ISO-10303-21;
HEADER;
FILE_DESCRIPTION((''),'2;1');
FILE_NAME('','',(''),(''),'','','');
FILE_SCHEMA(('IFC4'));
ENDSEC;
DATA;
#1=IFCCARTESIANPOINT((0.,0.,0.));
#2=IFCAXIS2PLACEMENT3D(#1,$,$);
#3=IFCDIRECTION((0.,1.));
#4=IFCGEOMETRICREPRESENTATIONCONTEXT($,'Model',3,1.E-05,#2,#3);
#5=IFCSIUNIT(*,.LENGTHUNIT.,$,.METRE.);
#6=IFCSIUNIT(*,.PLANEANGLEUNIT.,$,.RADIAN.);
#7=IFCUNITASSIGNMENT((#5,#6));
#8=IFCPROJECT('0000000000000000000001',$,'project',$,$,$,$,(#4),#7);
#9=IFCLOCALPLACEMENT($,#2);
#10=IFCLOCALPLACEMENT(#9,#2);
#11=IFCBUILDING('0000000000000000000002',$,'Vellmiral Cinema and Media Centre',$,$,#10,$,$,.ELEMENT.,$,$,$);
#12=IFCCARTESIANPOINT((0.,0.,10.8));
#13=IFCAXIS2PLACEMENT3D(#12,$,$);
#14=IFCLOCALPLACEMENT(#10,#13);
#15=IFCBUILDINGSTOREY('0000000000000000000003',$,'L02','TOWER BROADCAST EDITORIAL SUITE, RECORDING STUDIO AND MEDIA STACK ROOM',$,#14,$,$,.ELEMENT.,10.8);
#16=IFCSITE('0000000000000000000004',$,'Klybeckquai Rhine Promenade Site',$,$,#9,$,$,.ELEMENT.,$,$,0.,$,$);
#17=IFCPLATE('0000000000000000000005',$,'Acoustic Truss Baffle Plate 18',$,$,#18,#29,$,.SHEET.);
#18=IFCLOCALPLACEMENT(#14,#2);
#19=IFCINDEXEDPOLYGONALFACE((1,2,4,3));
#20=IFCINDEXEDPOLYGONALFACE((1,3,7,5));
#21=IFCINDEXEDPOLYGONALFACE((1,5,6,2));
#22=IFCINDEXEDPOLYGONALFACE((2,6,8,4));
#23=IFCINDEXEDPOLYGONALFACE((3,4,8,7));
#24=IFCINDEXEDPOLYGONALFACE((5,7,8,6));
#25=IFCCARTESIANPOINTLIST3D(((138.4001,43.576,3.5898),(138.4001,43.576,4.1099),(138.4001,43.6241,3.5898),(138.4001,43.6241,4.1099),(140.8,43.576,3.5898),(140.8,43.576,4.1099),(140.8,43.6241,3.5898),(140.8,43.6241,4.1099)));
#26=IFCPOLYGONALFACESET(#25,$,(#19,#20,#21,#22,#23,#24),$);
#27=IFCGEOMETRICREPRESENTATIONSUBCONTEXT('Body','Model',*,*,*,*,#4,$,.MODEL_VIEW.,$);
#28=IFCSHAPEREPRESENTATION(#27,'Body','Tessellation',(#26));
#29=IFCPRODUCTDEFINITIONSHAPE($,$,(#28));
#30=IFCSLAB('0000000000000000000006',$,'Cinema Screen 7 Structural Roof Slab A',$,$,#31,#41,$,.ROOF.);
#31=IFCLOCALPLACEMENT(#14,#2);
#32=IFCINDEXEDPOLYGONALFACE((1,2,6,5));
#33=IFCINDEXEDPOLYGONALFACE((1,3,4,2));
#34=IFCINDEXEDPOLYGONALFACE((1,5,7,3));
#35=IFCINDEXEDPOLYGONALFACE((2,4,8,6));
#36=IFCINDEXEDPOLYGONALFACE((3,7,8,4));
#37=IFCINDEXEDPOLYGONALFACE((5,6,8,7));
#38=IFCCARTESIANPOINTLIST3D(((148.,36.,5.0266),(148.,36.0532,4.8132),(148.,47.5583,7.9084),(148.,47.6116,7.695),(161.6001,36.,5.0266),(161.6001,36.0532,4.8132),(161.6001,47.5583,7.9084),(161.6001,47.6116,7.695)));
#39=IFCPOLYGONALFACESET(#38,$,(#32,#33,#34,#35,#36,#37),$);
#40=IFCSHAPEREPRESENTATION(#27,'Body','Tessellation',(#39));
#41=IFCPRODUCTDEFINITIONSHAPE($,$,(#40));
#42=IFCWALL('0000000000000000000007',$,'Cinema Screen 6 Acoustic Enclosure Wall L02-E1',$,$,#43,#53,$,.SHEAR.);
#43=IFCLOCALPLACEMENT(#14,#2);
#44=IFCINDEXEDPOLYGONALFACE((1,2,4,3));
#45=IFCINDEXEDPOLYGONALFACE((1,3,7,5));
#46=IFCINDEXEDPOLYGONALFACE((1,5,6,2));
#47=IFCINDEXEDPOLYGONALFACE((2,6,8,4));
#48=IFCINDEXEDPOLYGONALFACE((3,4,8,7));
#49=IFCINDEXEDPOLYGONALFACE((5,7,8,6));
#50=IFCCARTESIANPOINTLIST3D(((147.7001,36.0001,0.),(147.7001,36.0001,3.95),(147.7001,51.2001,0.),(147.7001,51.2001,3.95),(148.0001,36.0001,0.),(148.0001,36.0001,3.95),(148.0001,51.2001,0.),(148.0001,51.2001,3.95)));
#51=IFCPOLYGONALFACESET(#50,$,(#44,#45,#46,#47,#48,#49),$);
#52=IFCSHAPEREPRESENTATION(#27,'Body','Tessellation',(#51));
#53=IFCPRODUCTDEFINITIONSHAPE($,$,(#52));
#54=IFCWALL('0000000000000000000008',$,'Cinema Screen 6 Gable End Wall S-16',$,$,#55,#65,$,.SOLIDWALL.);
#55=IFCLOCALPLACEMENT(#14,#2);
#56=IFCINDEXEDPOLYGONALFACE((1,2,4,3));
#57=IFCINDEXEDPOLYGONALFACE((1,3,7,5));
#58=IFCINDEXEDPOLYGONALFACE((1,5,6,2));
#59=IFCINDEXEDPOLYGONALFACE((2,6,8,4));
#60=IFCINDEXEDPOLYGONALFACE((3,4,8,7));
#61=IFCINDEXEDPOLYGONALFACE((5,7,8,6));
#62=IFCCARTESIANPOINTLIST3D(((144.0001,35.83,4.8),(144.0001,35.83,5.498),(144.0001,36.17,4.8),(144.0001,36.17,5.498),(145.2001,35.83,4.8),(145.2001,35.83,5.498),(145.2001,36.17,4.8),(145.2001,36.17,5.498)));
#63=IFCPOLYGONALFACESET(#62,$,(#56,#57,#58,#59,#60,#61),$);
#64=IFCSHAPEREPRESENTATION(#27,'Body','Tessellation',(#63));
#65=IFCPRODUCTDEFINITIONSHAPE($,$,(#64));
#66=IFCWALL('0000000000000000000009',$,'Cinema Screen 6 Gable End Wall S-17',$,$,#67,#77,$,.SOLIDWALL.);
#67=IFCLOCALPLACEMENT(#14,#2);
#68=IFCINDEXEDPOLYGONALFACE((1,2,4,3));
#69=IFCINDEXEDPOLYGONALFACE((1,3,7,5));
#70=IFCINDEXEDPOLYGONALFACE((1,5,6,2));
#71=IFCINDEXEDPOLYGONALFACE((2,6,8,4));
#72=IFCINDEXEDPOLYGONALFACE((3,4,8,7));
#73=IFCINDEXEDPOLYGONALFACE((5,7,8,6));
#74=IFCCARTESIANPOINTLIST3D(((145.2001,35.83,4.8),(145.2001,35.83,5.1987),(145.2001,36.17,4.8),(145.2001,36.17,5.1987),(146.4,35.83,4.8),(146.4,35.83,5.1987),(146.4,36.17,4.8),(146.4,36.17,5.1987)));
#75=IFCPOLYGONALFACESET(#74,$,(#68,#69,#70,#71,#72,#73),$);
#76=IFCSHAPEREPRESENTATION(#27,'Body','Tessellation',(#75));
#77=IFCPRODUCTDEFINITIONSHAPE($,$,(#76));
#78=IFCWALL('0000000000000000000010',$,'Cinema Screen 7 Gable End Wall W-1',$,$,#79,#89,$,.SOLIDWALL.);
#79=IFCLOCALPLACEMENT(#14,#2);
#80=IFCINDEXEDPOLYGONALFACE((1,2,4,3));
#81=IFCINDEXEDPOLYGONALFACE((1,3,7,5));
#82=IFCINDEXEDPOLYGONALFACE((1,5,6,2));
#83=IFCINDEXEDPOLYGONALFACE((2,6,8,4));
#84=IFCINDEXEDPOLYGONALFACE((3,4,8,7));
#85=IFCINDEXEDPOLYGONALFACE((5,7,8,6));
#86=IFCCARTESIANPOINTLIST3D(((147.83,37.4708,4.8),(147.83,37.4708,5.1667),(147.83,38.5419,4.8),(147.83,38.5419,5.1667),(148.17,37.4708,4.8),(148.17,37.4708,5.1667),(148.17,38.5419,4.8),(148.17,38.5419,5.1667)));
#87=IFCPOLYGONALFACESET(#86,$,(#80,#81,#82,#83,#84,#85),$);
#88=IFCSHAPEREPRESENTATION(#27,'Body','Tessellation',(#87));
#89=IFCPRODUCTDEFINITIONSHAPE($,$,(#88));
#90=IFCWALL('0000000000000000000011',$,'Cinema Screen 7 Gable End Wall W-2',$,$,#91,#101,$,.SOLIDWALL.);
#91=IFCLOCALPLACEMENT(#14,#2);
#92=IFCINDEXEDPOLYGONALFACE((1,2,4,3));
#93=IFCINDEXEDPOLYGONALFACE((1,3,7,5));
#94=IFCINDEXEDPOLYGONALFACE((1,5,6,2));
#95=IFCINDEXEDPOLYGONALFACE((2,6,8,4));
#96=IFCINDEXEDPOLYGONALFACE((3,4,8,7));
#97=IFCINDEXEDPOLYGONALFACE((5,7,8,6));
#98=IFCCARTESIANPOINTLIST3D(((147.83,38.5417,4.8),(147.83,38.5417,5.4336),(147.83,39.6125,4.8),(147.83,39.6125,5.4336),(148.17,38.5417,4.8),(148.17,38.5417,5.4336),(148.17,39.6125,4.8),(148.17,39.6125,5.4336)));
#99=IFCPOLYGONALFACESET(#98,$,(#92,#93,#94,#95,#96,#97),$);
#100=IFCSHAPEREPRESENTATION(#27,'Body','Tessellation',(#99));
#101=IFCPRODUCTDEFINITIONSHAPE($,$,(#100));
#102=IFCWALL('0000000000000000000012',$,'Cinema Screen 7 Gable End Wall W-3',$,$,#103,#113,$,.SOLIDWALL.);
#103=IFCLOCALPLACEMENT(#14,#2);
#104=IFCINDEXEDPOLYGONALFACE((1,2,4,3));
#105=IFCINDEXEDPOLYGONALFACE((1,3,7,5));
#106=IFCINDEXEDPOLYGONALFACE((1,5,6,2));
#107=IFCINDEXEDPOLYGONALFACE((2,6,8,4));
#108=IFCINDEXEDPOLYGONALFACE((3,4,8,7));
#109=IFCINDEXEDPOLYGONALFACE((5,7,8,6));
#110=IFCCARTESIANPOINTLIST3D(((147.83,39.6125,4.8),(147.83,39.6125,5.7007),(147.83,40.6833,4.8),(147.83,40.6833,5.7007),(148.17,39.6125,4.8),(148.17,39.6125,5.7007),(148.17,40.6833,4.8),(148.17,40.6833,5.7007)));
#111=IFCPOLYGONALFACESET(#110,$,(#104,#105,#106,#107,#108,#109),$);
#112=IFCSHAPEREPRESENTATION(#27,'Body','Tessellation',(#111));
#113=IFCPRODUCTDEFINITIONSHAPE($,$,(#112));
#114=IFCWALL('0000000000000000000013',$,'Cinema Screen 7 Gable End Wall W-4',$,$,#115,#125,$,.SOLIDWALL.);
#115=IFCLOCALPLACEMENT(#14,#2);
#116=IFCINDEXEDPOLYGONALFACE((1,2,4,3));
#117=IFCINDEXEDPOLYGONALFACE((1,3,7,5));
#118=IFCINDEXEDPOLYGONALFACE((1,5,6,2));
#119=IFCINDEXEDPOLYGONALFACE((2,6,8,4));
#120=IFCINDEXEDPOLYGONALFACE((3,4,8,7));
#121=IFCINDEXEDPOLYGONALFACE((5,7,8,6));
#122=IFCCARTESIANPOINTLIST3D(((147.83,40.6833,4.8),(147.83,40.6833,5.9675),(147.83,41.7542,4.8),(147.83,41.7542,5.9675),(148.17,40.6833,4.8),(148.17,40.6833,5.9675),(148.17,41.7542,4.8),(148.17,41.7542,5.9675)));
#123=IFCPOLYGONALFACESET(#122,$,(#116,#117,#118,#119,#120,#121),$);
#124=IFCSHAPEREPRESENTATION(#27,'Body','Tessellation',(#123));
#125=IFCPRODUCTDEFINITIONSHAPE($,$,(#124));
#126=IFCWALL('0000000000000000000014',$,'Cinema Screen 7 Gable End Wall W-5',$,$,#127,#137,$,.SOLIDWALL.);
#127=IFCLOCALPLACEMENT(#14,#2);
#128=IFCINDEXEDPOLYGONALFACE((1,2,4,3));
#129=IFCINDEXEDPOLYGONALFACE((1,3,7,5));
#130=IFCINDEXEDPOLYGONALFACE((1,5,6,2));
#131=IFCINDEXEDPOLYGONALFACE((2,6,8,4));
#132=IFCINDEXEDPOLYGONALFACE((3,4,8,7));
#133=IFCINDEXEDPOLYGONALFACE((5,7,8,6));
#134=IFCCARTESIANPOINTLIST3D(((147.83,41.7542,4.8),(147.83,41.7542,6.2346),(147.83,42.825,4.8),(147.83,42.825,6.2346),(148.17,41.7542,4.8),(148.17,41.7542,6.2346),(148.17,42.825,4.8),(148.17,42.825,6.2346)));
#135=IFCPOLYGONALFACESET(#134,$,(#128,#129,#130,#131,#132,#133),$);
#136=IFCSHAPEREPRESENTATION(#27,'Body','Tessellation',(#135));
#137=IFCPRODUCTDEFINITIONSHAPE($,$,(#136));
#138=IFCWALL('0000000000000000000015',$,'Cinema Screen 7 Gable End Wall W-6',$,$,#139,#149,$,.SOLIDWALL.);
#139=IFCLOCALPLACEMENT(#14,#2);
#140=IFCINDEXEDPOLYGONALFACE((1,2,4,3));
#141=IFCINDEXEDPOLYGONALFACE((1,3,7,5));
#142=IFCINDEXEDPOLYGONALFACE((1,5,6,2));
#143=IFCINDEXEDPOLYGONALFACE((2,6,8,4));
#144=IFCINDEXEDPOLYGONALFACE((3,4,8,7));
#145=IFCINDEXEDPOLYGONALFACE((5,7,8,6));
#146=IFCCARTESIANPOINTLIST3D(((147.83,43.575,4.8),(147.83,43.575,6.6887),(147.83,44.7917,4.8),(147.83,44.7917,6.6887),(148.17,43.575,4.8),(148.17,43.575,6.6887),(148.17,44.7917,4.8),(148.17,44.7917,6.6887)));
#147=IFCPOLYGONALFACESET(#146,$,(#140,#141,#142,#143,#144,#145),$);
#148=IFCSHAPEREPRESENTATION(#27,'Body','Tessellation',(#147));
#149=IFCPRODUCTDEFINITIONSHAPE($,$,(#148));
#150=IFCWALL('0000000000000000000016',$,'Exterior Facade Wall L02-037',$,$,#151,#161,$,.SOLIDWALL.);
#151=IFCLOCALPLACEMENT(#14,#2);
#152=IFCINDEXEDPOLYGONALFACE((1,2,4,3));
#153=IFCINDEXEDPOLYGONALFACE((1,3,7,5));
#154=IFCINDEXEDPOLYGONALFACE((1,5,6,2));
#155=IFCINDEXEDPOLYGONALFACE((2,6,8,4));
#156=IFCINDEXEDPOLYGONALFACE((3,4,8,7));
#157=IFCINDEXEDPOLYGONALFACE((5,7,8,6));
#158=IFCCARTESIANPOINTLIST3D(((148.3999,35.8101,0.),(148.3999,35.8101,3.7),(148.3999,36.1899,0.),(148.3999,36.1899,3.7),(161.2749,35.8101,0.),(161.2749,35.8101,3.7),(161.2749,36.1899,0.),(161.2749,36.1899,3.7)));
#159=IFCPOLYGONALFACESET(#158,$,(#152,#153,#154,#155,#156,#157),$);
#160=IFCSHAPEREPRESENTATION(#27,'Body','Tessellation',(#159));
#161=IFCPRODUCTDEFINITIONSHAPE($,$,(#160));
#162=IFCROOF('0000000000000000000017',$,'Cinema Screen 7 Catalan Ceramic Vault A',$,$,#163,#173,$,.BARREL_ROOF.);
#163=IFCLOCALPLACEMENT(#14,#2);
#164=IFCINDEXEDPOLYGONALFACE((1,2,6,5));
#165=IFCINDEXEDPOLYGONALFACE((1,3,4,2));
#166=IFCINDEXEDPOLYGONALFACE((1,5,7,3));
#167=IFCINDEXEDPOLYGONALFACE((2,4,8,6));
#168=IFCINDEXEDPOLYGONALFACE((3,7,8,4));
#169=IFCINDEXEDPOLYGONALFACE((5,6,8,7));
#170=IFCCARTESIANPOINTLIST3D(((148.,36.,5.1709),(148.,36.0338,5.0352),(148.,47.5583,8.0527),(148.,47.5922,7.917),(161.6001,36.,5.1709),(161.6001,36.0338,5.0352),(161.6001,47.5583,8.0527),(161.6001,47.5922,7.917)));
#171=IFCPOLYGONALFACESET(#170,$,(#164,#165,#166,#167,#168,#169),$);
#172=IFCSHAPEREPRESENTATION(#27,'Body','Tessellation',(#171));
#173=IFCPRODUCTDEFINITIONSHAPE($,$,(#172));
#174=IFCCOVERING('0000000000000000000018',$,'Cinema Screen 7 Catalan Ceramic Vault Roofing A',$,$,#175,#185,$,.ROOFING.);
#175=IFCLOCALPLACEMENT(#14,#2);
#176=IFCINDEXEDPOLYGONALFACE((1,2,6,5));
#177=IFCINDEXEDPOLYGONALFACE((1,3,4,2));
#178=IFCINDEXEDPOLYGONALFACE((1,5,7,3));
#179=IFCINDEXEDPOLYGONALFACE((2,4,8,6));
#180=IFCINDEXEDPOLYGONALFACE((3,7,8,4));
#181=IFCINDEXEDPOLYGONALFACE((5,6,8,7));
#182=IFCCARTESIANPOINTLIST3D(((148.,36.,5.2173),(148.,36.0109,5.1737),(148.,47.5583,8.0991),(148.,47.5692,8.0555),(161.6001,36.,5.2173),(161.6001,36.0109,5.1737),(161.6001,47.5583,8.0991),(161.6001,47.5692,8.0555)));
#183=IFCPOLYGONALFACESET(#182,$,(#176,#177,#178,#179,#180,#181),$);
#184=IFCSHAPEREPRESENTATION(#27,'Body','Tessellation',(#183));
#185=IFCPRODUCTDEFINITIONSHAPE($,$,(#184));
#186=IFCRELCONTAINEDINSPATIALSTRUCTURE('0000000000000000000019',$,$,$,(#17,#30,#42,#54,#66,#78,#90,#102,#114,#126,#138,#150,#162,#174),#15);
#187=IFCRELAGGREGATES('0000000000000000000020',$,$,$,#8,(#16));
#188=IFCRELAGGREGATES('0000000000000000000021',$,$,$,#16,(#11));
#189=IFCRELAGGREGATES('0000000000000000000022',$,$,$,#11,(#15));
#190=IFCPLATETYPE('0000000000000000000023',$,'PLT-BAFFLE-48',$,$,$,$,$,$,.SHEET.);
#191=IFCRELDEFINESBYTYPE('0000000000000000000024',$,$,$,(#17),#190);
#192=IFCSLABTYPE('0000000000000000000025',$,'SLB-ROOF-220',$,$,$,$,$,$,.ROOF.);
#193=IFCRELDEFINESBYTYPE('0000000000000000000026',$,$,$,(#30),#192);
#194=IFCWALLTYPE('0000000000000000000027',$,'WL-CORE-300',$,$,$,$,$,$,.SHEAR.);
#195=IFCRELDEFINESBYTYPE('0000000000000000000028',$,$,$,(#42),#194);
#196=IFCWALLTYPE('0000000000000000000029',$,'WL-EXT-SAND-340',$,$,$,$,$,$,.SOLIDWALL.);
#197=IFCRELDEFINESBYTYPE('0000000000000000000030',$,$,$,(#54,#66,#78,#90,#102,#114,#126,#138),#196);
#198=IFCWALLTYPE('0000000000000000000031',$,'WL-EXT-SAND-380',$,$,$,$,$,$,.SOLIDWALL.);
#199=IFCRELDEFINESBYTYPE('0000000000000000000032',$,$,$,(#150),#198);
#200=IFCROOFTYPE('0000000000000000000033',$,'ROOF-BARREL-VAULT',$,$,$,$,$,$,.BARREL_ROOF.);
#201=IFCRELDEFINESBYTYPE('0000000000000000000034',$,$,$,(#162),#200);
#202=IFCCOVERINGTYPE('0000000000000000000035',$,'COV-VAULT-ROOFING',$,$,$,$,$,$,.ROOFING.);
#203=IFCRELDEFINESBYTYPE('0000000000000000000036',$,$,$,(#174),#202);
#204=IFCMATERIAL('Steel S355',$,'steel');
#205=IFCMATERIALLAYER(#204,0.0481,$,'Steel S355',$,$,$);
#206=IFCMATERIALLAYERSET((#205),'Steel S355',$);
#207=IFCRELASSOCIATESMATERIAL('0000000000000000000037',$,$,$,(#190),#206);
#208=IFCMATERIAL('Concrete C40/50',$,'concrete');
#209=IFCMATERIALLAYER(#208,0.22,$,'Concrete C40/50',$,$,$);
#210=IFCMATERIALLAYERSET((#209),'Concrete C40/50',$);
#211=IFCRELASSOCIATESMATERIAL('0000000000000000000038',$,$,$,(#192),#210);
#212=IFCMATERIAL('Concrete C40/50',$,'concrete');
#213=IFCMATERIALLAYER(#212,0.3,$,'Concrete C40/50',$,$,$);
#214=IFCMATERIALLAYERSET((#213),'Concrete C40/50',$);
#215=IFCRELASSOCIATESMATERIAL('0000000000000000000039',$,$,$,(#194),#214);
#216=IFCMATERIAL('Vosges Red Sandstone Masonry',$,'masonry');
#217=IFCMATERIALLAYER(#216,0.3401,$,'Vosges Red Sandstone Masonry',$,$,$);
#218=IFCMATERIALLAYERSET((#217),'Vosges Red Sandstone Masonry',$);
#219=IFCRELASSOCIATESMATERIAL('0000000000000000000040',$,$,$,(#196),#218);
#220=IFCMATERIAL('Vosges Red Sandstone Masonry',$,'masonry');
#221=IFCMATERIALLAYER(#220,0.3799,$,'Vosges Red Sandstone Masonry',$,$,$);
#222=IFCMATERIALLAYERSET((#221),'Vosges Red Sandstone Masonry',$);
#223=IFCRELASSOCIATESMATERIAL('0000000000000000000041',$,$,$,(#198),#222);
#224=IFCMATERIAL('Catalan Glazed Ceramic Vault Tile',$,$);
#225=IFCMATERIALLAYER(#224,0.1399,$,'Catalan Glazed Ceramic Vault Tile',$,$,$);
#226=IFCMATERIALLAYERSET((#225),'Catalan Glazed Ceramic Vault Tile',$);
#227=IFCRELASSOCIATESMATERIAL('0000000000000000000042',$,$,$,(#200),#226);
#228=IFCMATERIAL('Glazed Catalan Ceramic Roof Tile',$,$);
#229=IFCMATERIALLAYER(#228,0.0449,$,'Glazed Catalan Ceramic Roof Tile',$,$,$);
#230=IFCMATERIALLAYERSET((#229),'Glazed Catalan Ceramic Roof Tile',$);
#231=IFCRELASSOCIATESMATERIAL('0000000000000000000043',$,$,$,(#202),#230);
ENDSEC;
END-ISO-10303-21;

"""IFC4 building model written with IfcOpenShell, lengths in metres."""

from ifc_helpers import new_model, si_unit, direction, frame, frame_2d, origin, origin_2d, place, context, subcontext, project, spatial, polyline, rectangle, outline, extrude, material, layer, layer_set, type_object, element, save


model = new_model("IFC4")

# Units and contexts
model_context = context("Model", 3, precision=1e-05, world=origin(), true_north=direction((0.0, 1.0)))
body_context = subcontext(model_context, "Body", "Model", "MODEL_VIEW")
ifc_project = project(units=[si_unit("LENGTHUNIT", "METRE"), si_unit("PLANEANGLEUNIT", "RADIAN")], contexts=[model_context])

# Site, building, storey
site_placement = place(None, origin())
site = spatial("IfcSite", under=ifc_project, at=site_placement, Name="Klybeckquai Rhine Promenade Site", CompositionType="ELEMENT", RefElevation=0.0)
building_placement = place(site_placement, origin())
building = spatial("IfcBuilding", under=site, at=building_placement, Name="Vellmiral Cinema and Media Centre", CompositionType="ELEMENT")
storey_placement = place(building_placement, frame((0.0, 0.0, 10.8)))
storey = spatial("IfcBuildingStorey", under=building, at=storey_placement, Name="L02", Description="TOWER BROADCAST EDITORIAL SUITE, RECORDING STUDIO AND MEDIA STACK ROOM", CompositionType="ELEMENT", Elevation=10.8)

# Plate
ifc_material_1 = material(Name="Steel S355", Category="steel")
ifc_layer_1 = layer(ifc_material_1, 0.0481, Name="Steel S355")
ifc_layer_set_1 = layer_set([ifc_layer_1], Name="Steel S355")
plate_type = type_object("IfcPlateType", Name="PLT-BAFFLE-48", PredefinedType="SHEET", material=ifc_layer_set_1)
plate_placement = place(storey_placement, frame((139.6001, 43.6001, 3.5898), z_axis=(0.0, 0.0, 1.0), x_axis=(1.0, 0.0, 0.0)))
element("IfcPlate", 1, at=plate_placement, inside=storey, type_object=plate_type, Name="Acoustic Truss Baffle Plate 18", PredefinedType="SHEET", context=body_context, shape_type="SweptSolid", body=[
    extrude(rectangle(XDim=2.3999, YDim=0.0481, at=origin_2d()), origin(), (0.0, 0.0, 1.0), 0.52),
])

# Slab
ifc_material_2 = material(Name="Concrete C40/50", Category="concrete")
ifc_layer_2 = layer(ifc_material_2, 0.22, Name="Concrete C40/50")
ifc_layer_set_2 = layer_set([ifc_layer_2], Name="Concrete C40/50")
slab_type = type_object("IfcSlabType", Name="SLB-ROOF-220", PredefinedType="ROOF", material=ifc_layer_set_2)
slab_placement = place(storey_placement, frame((148.0, 36.0, 5.0266), z_axis=(0.0, -0.241923, 0.970295), x_axis=(1.0, 0.0, 0.0)))
element("IfcSlab", 2, at=slab_placement, inside=storey, type_object=slab_type, Name="Cinema Screen 7 Structural Roof Slab A", PredefinedType="ROOF", context=body_context, shape_type="SweptSolid", body=[
    extrude(outline(polyline([(0.0, 0.0), (13.6001, 0.0), (13.6001, 11.9122), (0.0, 11.9122), (0.0, 0.0)])), origin(), (0.0, 0.0, -1.0), 0.22),
])

# Walls
ifc_material_3 = material(Name="Concrete C40/50", Category="concrete")
ifc_layer_3 = layer(ifc_material_3, 0.3, Name="Concrete C40/50")
ifc_layer_set_3 = layer_set([ifc_layer_3], Name="Concrete C40/50")
wall_type_1 = type_object("IfcWallType", Name="WL-CORE-300", PredefinedType="SHEAR", material=ifc_layer_set_3)
wall_1_placement = place(storey_placement, frame((147.8501, 36.0, 0.0), z_axis=(0.0, 0.0, 1.0), x_axis=(0.0, 1.0, 0.0)))
element("IfcWall", 3, at=wall_1_placement, inside=storey, type_object=wall_type_1, Name="Cinema Screen 6 Acoustic Enclosure Wall L02-E1", PredefinedType="SHEAR", context=body_context, shape_type="SweptSolid", body=[
    extrude(rectangle(XDim=15.2, YDim=0.3, at=frame_2d((7.6001, 0.0))), origin(), (0.0, 0.0, 1.0), 3.95),
])
ifc_material_4 = material(Name="Vosges Red Sandstone Masonry", Category="masonry")
ifc_layer_4 = layer(ifc_material_4, 0.3401, Name="Vosges Red Sandstone Masonry")
ifc_layer_set_4 = layer_set([ifc_layer_4], Name="Vosges Red Sandstone Masonry")
wall_type_2 = type_object("IfcWallType", Name="WL-EXT-SAND-340", PredefinedType="SOLIDWALL", material=ifc_layer_set_4)
wall_2_placement = place(storey_placement, frame((144.0, 36.0, 4.8), z_axis=(0.0, 0.0, 1.0), x_axis=(1.0, 0.0, 0.0)))
element("IfcWall", 4, at=wall_2_placement, inside=storey, type_object=wall_type_2, Name="Cinema Screen 6 Gable End Wall S-16", PredefinedType="SOLIDWALL", context=body_context, shape_type="SweptSolid", body=[
    extrude(rectangle(XDim=1.2, YDim=0.3401, at=frame_2d((0.6001, 0.0))), origin(), (0.0, 0.0, 1.0), 0.698),
])
wall_3_placement = place(storey_placement, frame((145.2, 36.0, 4.8), z_axis=(0.0, 0.0, 1.0), x_axis=(1.0, 0.0, 0.0)))
element("IfcWall", 5, at=wall_3_placement, inside=storey, type_object=wall_type_2, Name="Cinema Screen 6 Gable End Wall S-17", PredefinedType="SOLIDWALL", context=body_context, shape_type="SweptSolid", body=[
    extrude(rectangle(XDim=1.2, YDim=0.3401, at=frame_2d((0.6001, 0.0))), origin(), (0.0, 0.0, 1.0), 0.3987),
])
wall_4_placement = place(storey_placement, frame((148.0, 37.4707, 4.8), z_axis=(0.0, 0.0, 1.0), x_axis=(0.0, 1.0, 0.0)))
element("IfcWall", 6, at=wall_4_placement, inside=storey, type_object=wall_type_2, Name="Cinema Screen 7 Gable End Wall W-1", PredefinedType="SOLIDWALL", context=body_context, shape_type="SweptSolid", body=[
    extrude(rectangle(XDim=1.071, YDim=0.3401, at=frame_2d((0.5356, 0.0))), origin(), (0.0, 0.0, 1.0), 0.3667),
])
wall_5_placement = place(storey_placement, frame((148.0, 38.5417, 4.8), z_axis=(0.0, 0.0, 1.0), x_axis=(0.0, 1.0, 0.0)))
element("IfcWall", 7, at=wall_5_placement, inside=storey, type_object=wall_type_2, Name="Cinema Screen 7 Gable End Wall W-2", PredefinedType="SOLIDWALL", context=body_context, shape_type="SweptSolid", body=[
    extrude(rectangle(XDim=1.0708, YDim=0.3401, at=frame_2d((0.5354, 0.0))), origin(), (0.0, 0.0, 1.0), 0.6335),
])
wall_6_placement = place(storey_placement, frame((148.0, 39.6125, 4.8), z_axis=(0.0, 0.0, 1.0), x_axis=(0.0, 1.0, 0.0)))
element("IfcWall", 8, at=wall_6_placement, inside=storey, type_object=wall_type_2, Name="Cinema Screen 7 Gable End Wall W-3", PredefinedType="SOLIDWALL", context=body_context, shape_type="SweptSolid", body=[
    extrude(rectangle(XDim=1.0708, YDim=0.3401, at=frame_2d((0.5354, 0.0))), origin(), (0.0, 0.0, 1.0), 0.9006),
])
wall_7_placement = place(storey_placement, frame((148.0, 40.6833, 4.8), z_axis=(0.0, 0.0, 1.0), x_axis=(0.0, 1.0, 0.0)))
element("IfcWall", 9, at=wall_7_placement, inside=storey, type_object=wall_type_2, Name="Cinema Screen 7 Gable End Wall W-4", PredefinedType="SOLIDWALL", context=body_context, shape_type="SweptSolid", body=[
    extrude(rectangle(XDim=1.0708, YDim=0.3401, at=frame_2d((0.5354, 0.0))), origin(), (0.0, 0.0, 1.0), 1.1675),
])
wall_8_placement = place(storey_placement, frame((148.0, 41.7542, 4.8), z_axis=(0.0, 0.0, 1.0), x_axis=(0.0, 1.0, 0.0)))
element("IfcWall", 10, at=wall_8_placement, inside=storey, type_object=wall_type_2, Name="Cinema Screen 7 Gable End Wall W-5", PredefinedType="SOLIDWALL", context=body_context, shape_type="SweptSolid", body=[
    extrude(rectangle(XDim=1.0708, YDim=0.3401, at=frame_2d((0.5354, 0.0))), origin(), (0.0, 0.0, 1.0), 1.4346),
])
wall_9_placement = place(storey_placement, frame((148.0, 43.575, 4.8), z_axis=(0.0, 0.0, 1.0), x_axis=(0.0, 1.0, 0.0)))
element("IfcWall", 11, at=wall_9_placement, inside=storey, type_object=wall_type_2, Name="Cinema Screen 7 Gable End Wall W-6", PredefinedType="SOLIDWALL", context=body_context, shape_type="SweptSolid", body=[
    extrude(rectangle(XDim=1.2168, YDim=0.3401, at=frame_2d((0.6084, 0.0))), origin(), (0.0, 0.0, 1.0), 1.8887),
])
ifc_material_5 = material(Name="Vosges Red Sandstone Masonry", Category="masonry")
ifc_layer_5 = layer(ifc_material_5, 0.3799, Name="Vosges Red Sandstone Masonry")
ifc_layer_set_5 = layer_set([ifc_layer_5], Name="Vosges Red Sandstone Masonry")
wall_type_3 = type_object("IfcWallType", Name="WL-EXT-SAND-380", PredefinedType="SOLIDWALL", material=ifc_layer_set_5)
wall_10_placement = place(storey_placement, frame((148.3999, 36.0, 0.0), z_axis=(0.0, 0.0, 1.0), x_axis=(1.0, 0.0, 0.0)))
element("IfcWall", 12, at=wall_10_placement, inside=storey, type_object=wall_type_3, Name="Exterior Facade Wall L02-037", PredefinedType="SOLIDWALL", context=body_context, shape_type="SweptSolid", body=[
    extrude(rectangle(XDim=12.875, YDim=0.3799, at=frame_2d((6.4375, 0.0))), origin(), (0.0, 0.0, 1.0), 3.7),
])

# Roof
ifc_material_6 = material(Name="Catalan Glazed Ceramic Vault Tile")
ifc_layer_6 = layer(ifc_material_6, 0.1399, Name="Catalan Glazed Ceramic Vault Tile")
ifc_layer_set_6 = layer_set([ifc_layer_6], Name="Catalan Glazed Ceramic Vault Tile")
roof_type = type_object("IfcRoofType", Name="ROOF-BARREL-VAULT", PredefinedType="BARREL_ROOF", material=ifc_layer_set_6)
roof_placement = place(storey_placement, frame((148.0, 36.0, 5.1709), z_axis=(0.0, -0.241923, 0.970295), x_axis=(1.0, 0.0, 0.0)))
element("IfcRoof", 13, at=roof_placement, inside=storey, type_object=roof_type, Name="Cinema Screen 7 Catalan Ceramic Vault A", PredefinedType="BARREL_ROOF", context=body_context, shape_type="SweptSolid", body=[
    extrude(outline(polyline([(0.0, 0.0), (13.6001, 0.0), (13.6001, 11.9122), (0.0, 11.9122), (0.0, 0.0)])), origin(), (0.0, 0.0, -1.0), 0.1399),
])

# Covering
ifc_material_7 = material(Name="Glazed Catalan Ceramic Roof Tile")
ifc_layer_7 = layer(ifc_material_7, 0.0449, Name="Glazed Catalan Ceramic Roof Tile")
ifc_layer_set_7 = layer_set([ifc_layer_7], Name="Glazed Catalan Ceramic Roof Tile")
covering_type = type_object("IfcCoveringType", Name="COV-VAULT-ROOFING", PredefinedType="ROOFING", material=ifc_layer_set_7)
covering_placement = place(storey_placement, frame((148.0, 36.0, 5.2173), z_axis=(0.0, -0.241923, 0.970295), x_axis=(1.0, 0.0, 0.0)))
element("IfcCovering", 14, at=covering_placement, inside=storey, type_object=covering_type, Name="Cinema Screen 7 Catalan Ceramic Vault Roofing A", PredefinedType="ROOFING", context=body_context, shape_type="SweptSolid", body=[
    extrude(outline(polyline([(0.0, 0.0), (13.6001, 0.0), (13.6001, 11.9122), (0.0, 11.9122), (0.0, 0.0)])), origin(), (0.0, 0.0, -1.0), 0.0449),
])

save(model, "model.ifc")
